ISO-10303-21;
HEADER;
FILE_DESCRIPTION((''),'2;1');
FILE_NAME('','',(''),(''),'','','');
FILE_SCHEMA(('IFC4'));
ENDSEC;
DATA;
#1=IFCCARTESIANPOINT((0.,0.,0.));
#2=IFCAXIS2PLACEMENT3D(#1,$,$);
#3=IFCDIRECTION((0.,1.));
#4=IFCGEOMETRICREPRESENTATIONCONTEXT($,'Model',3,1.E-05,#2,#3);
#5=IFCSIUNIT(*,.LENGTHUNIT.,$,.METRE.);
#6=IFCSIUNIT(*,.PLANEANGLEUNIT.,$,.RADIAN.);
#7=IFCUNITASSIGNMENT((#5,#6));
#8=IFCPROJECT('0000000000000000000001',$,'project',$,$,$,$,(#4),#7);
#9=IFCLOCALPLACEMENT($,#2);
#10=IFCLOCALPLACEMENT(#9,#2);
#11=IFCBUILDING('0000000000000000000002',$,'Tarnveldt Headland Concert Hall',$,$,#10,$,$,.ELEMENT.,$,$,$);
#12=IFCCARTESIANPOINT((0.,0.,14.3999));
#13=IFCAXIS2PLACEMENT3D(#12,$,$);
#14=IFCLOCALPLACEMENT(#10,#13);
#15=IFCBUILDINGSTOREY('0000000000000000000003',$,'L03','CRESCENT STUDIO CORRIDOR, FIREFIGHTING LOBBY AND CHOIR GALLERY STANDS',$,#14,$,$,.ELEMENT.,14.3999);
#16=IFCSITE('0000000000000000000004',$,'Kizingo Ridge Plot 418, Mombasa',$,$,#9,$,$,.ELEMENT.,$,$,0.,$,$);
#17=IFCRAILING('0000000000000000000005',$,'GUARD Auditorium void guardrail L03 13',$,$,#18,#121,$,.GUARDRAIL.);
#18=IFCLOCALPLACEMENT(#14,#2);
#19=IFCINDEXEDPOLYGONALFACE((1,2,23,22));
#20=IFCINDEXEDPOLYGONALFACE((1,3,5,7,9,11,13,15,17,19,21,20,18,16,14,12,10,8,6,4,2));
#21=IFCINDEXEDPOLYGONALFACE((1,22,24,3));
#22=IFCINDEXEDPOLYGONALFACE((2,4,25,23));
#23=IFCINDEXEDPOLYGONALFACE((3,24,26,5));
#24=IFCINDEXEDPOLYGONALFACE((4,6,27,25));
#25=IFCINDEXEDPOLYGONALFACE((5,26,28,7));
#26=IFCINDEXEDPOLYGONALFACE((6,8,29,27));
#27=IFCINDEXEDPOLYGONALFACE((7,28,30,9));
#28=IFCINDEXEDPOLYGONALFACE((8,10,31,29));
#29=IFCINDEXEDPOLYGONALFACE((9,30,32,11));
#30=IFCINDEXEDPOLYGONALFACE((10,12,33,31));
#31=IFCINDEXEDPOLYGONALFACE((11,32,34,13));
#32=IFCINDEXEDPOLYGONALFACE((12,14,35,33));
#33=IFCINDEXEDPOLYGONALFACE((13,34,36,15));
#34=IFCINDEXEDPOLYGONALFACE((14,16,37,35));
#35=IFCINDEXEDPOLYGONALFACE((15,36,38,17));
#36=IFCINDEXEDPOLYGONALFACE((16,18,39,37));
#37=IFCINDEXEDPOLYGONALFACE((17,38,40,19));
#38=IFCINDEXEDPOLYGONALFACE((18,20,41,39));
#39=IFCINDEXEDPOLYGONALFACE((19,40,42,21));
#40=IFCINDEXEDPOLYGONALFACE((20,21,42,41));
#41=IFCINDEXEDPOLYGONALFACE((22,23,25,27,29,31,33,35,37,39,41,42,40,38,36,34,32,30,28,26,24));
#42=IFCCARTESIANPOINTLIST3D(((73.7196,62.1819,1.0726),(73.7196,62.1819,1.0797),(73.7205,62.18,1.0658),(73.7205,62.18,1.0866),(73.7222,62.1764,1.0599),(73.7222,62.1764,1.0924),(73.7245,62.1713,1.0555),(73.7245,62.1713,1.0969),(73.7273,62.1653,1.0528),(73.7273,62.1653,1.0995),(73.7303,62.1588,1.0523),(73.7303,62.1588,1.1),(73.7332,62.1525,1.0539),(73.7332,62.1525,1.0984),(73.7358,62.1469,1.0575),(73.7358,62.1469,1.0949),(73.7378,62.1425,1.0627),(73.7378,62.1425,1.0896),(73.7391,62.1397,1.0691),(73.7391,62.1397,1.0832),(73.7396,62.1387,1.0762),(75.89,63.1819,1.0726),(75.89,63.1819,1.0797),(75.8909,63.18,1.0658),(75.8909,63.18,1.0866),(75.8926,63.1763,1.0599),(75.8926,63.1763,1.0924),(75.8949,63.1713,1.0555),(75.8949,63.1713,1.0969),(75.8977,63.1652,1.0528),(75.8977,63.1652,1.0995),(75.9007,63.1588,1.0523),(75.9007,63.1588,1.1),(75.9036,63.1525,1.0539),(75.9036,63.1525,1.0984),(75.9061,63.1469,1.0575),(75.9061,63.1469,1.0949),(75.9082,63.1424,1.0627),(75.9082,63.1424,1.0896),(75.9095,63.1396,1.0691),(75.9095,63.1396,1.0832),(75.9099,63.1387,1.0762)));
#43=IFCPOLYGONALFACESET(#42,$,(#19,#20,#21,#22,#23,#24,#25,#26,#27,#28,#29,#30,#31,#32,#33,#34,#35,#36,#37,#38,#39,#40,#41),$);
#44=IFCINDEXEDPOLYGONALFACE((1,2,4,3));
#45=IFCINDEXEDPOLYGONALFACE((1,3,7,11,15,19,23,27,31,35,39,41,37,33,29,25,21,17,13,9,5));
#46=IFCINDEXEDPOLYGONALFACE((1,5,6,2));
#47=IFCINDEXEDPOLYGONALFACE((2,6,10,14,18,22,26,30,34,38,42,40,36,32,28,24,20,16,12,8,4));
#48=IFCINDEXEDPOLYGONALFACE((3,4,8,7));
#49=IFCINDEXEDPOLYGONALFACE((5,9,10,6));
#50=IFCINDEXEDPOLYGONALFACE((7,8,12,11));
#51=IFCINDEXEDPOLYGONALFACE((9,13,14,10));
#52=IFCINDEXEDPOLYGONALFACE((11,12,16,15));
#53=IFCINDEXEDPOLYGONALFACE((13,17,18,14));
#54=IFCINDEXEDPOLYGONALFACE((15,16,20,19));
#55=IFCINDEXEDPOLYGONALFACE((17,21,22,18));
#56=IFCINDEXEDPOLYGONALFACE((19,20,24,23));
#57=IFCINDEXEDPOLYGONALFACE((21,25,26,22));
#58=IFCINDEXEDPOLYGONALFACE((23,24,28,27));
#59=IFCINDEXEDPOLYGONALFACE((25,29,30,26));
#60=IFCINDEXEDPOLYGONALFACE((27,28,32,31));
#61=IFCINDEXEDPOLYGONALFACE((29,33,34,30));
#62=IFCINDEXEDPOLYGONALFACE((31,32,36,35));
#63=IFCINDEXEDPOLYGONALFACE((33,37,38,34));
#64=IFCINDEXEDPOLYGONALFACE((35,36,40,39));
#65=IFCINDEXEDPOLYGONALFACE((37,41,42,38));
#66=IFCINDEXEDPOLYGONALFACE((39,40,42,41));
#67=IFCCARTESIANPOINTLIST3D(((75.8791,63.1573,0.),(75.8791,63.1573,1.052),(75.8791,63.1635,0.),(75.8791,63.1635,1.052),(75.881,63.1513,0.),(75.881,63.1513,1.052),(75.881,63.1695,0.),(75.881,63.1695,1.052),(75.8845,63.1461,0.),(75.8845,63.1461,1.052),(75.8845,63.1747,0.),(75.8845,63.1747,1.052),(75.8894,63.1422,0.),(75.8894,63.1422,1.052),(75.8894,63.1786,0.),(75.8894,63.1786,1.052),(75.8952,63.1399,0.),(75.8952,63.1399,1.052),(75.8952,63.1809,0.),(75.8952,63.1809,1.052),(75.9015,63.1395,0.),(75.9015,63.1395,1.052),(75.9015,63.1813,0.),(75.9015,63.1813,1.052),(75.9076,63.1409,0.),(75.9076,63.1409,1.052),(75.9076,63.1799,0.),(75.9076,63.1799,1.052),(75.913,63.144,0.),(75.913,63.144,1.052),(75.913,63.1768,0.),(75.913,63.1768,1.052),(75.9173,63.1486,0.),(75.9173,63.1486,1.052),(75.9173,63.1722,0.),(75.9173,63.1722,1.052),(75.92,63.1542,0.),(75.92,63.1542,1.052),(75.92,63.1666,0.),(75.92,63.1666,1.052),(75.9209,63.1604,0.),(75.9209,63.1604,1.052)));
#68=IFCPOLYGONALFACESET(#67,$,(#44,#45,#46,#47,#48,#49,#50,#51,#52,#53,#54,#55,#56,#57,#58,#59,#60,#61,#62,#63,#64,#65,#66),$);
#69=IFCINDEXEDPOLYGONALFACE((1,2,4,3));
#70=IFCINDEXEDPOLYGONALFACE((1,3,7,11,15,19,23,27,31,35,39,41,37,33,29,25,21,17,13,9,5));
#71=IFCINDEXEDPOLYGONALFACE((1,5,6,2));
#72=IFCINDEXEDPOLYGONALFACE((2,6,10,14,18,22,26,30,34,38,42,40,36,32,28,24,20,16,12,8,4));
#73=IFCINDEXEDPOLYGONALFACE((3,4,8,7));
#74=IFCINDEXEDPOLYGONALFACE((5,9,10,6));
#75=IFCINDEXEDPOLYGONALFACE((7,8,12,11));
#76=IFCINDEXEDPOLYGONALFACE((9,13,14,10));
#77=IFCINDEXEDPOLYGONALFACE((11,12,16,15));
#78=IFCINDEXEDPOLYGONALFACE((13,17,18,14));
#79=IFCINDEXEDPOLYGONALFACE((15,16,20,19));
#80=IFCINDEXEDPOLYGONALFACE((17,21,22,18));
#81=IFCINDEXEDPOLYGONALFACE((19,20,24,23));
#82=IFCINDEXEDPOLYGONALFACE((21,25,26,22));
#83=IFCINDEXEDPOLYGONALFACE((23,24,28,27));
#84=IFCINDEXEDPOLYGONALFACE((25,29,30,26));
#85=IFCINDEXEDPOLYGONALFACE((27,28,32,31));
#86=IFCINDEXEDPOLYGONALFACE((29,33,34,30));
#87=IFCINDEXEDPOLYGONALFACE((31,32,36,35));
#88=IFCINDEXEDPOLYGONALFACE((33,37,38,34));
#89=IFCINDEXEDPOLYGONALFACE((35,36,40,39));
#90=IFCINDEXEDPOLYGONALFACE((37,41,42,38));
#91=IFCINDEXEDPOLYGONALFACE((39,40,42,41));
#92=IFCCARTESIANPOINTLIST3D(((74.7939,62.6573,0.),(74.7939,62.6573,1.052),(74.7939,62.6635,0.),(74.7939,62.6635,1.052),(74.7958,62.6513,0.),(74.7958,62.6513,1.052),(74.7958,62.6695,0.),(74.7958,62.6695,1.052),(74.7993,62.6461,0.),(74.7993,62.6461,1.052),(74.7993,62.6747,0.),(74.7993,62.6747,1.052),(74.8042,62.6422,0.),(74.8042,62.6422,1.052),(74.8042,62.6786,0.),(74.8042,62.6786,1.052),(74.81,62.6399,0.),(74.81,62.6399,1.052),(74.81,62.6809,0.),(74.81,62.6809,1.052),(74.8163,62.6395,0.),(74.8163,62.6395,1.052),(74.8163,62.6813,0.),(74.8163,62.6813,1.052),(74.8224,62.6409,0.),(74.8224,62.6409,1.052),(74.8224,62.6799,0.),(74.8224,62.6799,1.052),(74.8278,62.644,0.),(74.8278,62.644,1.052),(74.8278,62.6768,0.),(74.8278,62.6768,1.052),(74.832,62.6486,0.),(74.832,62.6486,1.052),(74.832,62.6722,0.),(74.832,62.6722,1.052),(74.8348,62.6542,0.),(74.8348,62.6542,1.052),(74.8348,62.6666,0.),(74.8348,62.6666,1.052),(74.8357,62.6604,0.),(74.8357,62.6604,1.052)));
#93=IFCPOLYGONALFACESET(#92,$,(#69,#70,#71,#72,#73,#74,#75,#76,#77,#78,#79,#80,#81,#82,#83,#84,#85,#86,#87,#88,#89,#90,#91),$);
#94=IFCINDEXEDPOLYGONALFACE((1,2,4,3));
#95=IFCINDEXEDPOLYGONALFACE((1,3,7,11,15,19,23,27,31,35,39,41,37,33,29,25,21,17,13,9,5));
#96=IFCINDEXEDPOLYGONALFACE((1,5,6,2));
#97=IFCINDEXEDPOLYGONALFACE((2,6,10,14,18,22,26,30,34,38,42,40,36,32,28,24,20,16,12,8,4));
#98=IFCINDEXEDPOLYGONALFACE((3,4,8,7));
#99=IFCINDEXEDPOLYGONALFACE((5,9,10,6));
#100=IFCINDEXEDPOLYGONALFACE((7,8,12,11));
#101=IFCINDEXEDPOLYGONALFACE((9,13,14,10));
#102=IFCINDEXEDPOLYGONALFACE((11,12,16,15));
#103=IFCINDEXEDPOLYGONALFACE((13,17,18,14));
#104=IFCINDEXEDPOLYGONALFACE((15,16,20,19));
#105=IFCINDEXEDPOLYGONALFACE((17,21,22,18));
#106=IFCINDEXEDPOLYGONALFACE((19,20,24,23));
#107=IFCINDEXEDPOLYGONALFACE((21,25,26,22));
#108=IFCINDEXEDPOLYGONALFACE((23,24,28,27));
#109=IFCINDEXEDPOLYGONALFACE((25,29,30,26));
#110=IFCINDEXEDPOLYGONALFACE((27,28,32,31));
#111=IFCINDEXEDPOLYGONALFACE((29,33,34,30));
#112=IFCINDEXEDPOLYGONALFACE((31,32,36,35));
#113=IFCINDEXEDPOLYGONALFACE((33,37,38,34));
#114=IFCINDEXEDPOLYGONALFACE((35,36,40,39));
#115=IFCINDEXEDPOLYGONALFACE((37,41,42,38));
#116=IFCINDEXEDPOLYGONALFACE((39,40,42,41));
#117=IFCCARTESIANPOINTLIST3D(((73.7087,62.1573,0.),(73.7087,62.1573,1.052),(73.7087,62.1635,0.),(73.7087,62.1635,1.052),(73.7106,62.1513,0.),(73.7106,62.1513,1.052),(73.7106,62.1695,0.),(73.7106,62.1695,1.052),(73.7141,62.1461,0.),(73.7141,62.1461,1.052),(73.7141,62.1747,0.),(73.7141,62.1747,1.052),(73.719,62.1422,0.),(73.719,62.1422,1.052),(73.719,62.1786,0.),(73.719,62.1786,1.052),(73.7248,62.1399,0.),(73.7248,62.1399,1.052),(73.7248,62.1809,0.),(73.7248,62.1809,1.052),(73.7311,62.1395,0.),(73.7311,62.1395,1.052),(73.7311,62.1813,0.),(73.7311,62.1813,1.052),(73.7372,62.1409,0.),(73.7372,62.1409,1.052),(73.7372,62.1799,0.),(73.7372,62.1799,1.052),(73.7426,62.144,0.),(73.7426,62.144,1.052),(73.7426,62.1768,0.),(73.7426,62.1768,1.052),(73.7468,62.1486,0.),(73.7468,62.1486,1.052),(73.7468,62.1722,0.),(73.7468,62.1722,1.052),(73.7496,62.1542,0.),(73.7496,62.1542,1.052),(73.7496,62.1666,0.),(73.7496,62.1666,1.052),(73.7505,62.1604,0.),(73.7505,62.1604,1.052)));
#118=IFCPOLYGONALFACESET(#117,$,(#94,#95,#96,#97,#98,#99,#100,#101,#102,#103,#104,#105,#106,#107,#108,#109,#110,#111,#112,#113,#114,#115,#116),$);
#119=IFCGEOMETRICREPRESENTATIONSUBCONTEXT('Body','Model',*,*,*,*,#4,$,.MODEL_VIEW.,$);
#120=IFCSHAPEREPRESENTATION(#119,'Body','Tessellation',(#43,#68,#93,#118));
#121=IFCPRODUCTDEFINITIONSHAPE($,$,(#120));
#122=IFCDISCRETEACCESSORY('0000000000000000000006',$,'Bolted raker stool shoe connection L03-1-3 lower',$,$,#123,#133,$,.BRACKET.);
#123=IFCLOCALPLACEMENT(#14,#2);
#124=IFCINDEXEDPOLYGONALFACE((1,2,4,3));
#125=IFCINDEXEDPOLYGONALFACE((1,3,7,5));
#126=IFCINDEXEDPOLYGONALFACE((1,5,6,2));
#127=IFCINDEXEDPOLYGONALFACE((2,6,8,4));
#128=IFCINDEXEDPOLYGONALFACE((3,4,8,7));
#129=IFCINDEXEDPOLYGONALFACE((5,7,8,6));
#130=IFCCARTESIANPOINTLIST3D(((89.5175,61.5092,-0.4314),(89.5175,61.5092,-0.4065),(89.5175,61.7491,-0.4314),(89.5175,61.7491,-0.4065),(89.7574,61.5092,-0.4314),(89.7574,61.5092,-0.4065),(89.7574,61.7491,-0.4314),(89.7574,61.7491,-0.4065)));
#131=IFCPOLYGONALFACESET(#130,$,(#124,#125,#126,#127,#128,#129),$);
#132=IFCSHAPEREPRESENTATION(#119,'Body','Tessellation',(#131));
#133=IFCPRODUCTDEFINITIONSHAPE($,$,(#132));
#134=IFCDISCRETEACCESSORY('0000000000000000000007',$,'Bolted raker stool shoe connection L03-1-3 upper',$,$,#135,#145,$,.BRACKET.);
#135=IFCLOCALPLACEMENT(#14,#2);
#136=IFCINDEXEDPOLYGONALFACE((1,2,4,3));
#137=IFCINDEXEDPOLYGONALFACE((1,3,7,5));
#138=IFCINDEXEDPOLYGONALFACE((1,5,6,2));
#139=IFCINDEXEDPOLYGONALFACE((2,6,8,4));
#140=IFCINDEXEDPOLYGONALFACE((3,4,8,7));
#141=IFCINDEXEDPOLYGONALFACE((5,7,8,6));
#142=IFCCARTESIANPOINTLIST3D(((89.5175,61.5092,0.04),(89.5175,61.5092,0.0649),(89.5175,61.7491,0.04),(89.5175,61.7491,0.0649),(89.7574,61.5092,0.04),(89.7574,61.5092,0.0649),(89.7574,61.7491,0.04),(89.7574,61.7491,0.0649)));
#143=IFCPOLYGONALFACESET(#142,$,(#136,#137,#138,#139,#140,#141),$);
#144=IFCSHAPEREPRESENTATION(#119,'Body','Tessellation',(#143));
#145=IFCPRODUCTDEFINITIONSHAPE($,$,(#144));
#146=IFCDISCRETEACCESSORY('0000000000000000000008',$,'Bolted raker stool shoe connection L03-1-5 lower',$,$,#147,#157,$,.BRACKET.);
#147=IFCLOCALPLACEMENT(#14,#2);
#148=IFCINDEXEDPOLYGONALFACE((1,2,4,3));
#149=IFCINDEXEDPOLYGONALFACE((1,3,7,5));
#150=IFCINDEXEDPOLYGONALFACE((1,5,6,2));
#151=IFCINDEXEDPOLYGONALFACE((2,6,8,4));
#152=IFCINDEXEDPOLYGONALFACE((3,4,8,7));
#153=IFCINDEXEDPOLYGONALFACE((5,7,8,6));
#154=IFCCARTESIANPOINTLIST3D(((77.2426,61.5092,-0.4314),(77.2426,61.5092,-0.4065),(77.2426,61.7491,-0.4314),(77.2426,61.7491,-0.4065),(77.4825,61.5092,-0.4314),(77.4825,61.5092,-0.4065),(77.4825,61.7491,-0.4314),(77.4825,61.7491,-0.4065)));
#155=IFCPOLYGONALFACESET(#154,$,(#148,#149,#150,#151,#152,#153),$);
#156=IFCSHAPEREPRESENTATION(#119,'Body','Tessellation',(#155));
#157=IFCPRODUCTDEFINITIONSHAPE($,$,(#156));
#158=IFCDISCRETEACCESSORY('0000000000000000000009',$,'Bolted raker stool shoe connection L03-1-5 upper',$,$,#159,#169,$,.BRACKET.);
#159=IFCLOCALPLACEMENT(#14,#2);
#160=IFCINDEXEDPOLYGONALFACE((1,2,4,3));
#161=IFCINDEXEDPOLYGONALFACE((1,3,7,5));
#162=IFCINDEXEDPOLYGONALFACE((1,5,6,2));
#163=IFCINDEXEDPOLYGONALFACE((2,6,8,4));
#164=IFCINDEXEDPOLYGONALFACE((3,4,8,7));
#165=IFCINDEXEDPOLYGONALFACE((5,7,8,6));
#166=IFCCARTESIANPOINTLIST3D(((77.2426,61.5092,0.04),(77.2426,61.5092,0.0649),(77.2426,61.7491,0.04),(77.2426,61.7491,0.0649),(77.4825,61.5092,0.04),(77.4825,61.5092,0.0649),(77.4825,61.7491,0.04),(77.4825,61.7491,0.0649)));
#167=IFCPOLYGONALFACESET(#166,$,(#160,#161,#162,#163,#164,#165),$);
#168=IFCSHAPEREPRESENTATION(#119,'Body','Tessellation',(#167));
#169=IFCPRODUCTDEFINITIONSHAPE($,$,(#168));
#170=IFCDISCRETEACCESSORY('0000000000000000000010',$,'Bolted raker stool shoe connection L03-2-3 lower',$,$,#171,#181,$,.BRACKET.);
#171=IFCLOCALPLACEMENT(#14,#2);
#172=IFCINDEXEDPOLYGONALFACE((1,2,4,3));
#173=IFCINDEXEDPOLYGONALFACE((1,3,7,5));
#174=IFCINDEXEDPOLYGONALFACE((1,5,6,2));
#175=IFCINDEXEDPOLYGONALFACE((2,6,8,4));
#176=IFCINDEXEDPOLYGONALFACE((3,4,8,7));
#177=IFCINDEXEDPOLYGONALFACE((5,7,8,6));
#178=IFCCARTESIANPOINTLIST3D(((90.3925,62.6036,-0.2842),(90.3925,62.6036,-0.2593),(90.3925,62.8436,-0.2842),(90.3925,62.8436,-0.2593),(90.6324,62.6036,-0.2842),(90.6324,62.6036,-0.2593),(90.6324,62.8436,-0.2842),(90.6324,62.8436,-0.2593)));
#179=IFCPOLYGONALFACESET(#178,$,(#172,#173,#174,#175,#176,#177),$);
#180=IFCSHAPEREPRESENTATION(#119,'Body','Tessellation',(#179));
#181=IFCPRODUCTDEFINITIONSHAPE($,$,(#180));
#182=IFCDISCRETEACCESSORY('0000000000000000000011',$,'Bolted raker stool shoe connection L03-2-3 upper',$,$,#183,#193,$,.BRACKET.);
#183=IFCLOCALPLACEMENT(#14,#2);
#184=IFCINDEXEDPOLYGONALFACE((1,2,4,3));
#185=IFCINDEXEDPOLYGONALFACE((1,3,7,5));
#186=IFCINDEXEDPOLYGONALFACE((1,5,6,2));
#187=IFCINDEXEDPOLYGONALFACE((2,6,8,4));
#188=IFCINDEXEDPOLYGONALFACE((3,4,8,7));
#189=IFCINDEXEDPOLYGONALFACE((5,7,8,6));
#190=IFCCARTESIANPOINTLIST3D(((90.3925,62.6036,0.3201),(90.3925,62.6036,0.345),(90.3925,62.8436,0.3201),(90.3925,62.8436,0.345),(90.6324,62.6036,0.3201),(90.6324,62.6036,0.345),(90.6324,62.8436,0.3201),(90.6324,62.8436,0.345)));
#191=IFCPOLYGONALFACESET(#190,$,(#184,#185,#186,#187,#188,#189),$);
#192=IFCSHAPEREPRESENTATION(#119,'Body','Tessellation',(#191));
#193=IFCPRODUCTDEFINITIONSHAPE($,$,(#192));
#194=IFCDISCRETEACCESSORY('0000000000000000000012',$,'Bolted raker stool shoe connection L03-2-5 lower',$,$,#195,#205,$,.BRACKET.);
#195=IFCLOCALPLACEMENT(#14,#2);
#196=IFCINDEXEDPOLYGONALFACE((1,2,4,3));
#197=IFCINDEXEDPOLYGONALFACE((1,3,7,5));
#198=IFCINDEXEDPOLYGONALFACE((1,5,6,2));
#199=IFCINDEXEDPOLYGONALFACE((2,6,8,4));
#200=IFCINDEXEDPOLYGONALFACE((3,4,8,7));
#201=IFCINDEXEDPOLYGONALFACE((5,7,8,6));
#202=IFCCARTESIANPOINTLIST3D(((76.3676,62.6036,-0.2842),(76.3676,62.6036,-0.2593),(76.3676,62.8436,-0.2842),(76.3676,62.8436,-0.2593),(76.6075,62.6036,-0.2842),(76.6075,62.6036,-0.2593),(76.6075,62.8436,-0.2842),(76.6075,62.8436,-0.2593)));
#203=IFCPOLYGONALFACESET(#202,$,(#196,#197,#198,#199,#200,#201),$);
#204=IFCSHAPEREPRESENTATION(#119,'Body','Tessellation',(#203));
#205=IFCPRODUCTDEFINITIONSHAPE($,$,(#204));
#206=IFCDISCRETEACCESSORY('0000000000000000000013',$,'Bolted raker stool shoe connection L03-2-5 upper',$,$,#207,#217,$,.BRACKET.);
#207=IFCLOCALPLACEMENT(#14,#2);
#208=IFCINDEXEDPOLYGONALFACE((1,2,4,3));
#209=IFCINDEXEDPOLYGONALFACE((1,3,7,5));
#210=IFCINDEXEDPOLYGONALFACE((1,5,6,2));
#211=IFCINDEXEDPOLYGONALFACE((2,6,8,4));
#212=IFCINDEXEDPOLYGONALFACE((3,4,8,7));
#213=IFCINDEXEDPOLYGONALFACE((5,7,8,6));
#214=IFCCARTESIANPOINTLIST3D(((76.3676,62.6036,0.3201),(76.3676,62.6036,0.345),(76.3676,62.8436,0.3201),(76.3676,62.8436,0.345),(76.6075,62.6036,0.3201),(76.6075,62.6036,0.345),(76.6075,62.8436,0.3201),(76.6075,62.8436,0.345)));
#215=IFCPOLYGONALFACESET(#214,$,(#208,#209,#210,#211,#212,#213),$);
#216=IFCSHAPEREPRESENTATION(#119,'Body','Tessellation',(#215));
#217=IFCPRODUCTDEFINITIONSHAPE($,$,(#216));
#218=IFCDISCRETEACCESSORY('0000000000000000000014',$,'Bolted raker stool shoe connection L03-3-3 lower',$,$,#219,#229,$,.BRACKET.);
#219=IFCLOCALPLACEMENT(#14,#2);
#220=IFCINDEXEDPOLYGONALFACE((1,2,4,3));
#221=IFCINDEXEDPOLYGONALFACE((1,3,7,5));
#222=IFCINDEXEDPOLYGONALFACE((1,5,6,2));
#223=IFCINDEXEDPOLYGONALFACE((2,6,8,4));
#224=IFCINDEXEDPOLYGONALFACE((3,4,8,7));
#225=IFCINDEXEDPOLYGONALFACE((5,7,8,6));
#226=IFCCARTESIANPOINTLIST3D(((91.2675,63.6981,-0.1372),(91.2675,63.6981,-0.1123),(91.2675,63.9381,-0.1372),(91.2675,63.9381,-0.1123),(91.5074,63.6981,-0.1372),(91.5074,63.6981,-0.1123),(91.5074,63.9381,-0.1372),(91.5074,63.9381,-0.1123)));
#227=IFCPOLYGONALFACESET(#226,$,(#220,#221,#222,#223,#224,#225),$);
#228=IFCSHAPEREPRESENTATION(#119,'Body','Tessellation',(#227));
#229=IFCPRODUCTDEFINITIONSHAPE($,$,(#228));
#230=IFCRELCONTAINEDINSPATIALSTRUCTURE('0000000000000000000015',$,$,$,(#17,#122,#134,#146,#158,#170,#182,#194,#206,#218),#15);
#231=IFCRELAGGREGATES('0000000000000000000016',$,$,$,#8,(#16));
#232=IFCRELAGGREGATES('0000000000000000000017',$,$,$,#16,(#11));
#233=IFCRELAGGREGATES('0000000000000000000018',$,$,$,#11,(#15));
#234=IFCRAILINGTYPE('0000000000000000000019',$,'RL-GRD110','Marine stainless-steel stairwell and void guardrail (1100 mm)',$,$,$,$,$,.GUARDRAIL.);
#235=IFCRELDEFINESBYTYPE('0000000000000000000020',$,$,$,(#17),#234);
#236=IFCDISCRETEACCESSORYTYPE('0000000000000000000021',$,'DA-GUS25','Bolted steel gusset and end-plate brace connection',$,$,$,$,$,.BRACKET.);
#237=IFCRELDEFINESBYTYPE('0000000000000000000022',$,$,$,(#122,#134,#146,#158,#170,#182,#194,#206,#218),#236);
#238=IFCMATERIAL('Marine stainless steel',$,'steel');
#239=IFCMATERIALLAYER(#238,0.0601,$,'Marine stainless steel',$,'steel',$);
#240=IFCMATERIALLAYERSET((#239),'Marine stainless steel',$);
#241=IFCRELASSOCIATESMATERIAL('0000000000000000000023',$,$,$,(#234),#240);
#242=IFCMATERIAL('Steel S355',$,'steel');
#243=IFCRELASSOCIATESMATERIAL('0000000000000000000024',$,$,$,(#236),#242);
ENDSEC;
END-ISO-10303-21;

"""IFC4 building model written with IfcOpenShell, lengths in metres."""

from ifc_helpers import new_model, si_unit, direction, frame, origin, origin_2d, place, context, subcontext, project, spatial, rectangle, circle, extrude, material, layer, layer_set, type_object, element, save


model = new_model("IFC4")

# Units and contexts
model_context = context("Model", 3, precision=1e-05, world=origin(), true_north=direction((0.0, 1.0)))
body_context = subcontext(model_context, "Body", "Model", "MODEL_VIEW")
ifc_project = project(units=[si_unit("LENGTHUNIT", "METRE"), si_unit("PLANEANGLEUNIT", "RADIAN")], contexts=[model_context])

# Site, building, storey
site_placement = place(None, origin())
site = spatial("IfcSite", under=ifc_project, at=site_placement, Name="Kizingo Ridge Plot 418, Mombasa", CompositionType="ELEMENT", RefElevation=0.0)
building_placement = place(site_placement, origin())
building = spatial("IfcBuilding", under=site, at=building_placement, Name="Tarnveldt Headland Concert Hall", CompositionType="ELEMENT")
storey_placement = place(building_placement, frame((0.0, 0.0, 14.3999)))
storey = spatial("IfcBuildingStorey", under=building, at=storey_placement, Name="L03", Description="CRESCENT STUDIO CORRIDOR, FIREFIGHTING LOBBY AND CHOIR GALLERY STANDS", CompositionType="ELEMENT", Elevation=14.3999)

# Shared definitions
ifc_material_1 = material(Name="Steel S355", Category="steel")

# Railing
ifc_material_2 = material(Name="Marine stainless steel", Category="steel")
ifc_layer = layer(ifc_material_2, 0.0601, Name="Marine stainless steel", Category="steel")
ifc_layer_set = layer_set([ifc_layer], Name="Marine stainless steel")
railing_type = type_object("IfcRailingType", Name="RL-GRD110", Description="Marine stainless-steel stairwell and void guardrail (1100 mm)", PredefinedType="GUARDRAIL", material=ifc_layer_set)
railing_1_placement = place(storey_placement, frame((75.8999, 63.1604, 0.0)))
element("IfcRailing", 1, at=railing_1_placement, inside=storey, type_object=railing_type, Name="GUARD Auditorium void guardrail L03 13", PredefinedType="GUARDRAIL", context=body_context, shape_type="SweptSolid", body=[
    extrude(circle(Radius=0.0239, at=origin_2d()), frame((0.0, 0.0, 1.0762), z_axis=(-0.908234, -0.418462, 0.0), x_axis=(0.418462, -0.908234, 0.0)), (0.0, 0.0, 1.0), 2.3896),
    extrude(circle(Radius=0.021, at=origin_2d()), origin(), (0.0, 0.0, 1.0), 1.052),
    extrude(circle(Radius=0.021, at=origin_2d()), frame((-1.0852, -0.5, 0.0)), (0.0, 0.0, 1.0), 1.052),
    extrude(circle(Radius=0.021, at=origin_2d()), frame((-2.1704, -1.0, 0.0)), (0.0, 0.0, 1.0), 1.052),
])

# Discrete accessories
discrete_accessory_type = type_object("IfcDiscreteAccessoryType", Name="DA-GUS25", Description="Bolted steel gusset and end-plate brace connection", PredefinedType="BRACKET", material=ifc_material_1)
for number, where, z_axis, x_axis, name in (
    (2, (89.6375, 61.6292, -0.4314), (0.0, 0.0, 1.0), (1.0, 0.0, 0.0), "Bolted raker stool shoe connection L03-1-3 lower"),
    (3, (89.6375, 61.6292, 0.04), (0.0, 0.0, 1.0), (1.0, 0.0, 0.0), "Bolted raker stool shoe connection L03-1-3 upper"),
    (4, (77.3625, 61.6292, -0.4314), (0.0, 0.0, 1.0), (1.0, 0.0, 0.0), "Bolted raker stool shoe connection L03-1-5 lower"),
    (5, (77.3625, 61.6292, 0.04), (0.0, 0.0, 1.0), (1.0, 0.0, 0.0), "Bolted raker stool shoe connection L03-1-5 upper"),
    (6, (90.5125, 62.7236, -0.2842), (0.0, 0.0, 1.0), (1.0, 0.0, 0.0), "Bolted raker stool shoe connection L03-2-3 lower"),
    (7, (90.5125, 62.7236, 0.3201), (0.0, 0.0, 1.0), (1.0, 0.0, 0.0), "Bolted raker stool shoe connection L03-2-3 upper"),
    (8, (76.4875, 62.7236, -0.2842), (0.0, 0.0, 1.0), (1.0, 0.0, 0.0), "Bolted raker stool shoe connection L03-2-5 lower"),
    (9, (76.4875, 62.7236, 0.3201), (0.0, 0.0, 1.0), (1.0, 0.0, 0.0), "Bolted raker stool shoe connection L03-2-5 upper"),
    (10, (91.3875, 63.8181, -0.1372), (0.0, 0.0, 1.0), (1.0, 0.0, 0.0), "Bolted raker stool shoe connection L03-3-3 lower"),
):
    element("IfcDiscreteAccessory", number, at=place(storey_placement, frame(where, z_axis=z_axis, x_axis=x_axis)), inside=storey, type_object=discrete_accessory_type, Name=name, PredefinedType="BRACKET", context=body_context, shape_type="SweptSolid", body=[
        extrude(rectangle(XDim=0.24, YDim=0.24, at=origin_2d()), origin(), (0.0, 0.0, 1.0), 0.0249),
    ])

save(model, "model.ifc")
